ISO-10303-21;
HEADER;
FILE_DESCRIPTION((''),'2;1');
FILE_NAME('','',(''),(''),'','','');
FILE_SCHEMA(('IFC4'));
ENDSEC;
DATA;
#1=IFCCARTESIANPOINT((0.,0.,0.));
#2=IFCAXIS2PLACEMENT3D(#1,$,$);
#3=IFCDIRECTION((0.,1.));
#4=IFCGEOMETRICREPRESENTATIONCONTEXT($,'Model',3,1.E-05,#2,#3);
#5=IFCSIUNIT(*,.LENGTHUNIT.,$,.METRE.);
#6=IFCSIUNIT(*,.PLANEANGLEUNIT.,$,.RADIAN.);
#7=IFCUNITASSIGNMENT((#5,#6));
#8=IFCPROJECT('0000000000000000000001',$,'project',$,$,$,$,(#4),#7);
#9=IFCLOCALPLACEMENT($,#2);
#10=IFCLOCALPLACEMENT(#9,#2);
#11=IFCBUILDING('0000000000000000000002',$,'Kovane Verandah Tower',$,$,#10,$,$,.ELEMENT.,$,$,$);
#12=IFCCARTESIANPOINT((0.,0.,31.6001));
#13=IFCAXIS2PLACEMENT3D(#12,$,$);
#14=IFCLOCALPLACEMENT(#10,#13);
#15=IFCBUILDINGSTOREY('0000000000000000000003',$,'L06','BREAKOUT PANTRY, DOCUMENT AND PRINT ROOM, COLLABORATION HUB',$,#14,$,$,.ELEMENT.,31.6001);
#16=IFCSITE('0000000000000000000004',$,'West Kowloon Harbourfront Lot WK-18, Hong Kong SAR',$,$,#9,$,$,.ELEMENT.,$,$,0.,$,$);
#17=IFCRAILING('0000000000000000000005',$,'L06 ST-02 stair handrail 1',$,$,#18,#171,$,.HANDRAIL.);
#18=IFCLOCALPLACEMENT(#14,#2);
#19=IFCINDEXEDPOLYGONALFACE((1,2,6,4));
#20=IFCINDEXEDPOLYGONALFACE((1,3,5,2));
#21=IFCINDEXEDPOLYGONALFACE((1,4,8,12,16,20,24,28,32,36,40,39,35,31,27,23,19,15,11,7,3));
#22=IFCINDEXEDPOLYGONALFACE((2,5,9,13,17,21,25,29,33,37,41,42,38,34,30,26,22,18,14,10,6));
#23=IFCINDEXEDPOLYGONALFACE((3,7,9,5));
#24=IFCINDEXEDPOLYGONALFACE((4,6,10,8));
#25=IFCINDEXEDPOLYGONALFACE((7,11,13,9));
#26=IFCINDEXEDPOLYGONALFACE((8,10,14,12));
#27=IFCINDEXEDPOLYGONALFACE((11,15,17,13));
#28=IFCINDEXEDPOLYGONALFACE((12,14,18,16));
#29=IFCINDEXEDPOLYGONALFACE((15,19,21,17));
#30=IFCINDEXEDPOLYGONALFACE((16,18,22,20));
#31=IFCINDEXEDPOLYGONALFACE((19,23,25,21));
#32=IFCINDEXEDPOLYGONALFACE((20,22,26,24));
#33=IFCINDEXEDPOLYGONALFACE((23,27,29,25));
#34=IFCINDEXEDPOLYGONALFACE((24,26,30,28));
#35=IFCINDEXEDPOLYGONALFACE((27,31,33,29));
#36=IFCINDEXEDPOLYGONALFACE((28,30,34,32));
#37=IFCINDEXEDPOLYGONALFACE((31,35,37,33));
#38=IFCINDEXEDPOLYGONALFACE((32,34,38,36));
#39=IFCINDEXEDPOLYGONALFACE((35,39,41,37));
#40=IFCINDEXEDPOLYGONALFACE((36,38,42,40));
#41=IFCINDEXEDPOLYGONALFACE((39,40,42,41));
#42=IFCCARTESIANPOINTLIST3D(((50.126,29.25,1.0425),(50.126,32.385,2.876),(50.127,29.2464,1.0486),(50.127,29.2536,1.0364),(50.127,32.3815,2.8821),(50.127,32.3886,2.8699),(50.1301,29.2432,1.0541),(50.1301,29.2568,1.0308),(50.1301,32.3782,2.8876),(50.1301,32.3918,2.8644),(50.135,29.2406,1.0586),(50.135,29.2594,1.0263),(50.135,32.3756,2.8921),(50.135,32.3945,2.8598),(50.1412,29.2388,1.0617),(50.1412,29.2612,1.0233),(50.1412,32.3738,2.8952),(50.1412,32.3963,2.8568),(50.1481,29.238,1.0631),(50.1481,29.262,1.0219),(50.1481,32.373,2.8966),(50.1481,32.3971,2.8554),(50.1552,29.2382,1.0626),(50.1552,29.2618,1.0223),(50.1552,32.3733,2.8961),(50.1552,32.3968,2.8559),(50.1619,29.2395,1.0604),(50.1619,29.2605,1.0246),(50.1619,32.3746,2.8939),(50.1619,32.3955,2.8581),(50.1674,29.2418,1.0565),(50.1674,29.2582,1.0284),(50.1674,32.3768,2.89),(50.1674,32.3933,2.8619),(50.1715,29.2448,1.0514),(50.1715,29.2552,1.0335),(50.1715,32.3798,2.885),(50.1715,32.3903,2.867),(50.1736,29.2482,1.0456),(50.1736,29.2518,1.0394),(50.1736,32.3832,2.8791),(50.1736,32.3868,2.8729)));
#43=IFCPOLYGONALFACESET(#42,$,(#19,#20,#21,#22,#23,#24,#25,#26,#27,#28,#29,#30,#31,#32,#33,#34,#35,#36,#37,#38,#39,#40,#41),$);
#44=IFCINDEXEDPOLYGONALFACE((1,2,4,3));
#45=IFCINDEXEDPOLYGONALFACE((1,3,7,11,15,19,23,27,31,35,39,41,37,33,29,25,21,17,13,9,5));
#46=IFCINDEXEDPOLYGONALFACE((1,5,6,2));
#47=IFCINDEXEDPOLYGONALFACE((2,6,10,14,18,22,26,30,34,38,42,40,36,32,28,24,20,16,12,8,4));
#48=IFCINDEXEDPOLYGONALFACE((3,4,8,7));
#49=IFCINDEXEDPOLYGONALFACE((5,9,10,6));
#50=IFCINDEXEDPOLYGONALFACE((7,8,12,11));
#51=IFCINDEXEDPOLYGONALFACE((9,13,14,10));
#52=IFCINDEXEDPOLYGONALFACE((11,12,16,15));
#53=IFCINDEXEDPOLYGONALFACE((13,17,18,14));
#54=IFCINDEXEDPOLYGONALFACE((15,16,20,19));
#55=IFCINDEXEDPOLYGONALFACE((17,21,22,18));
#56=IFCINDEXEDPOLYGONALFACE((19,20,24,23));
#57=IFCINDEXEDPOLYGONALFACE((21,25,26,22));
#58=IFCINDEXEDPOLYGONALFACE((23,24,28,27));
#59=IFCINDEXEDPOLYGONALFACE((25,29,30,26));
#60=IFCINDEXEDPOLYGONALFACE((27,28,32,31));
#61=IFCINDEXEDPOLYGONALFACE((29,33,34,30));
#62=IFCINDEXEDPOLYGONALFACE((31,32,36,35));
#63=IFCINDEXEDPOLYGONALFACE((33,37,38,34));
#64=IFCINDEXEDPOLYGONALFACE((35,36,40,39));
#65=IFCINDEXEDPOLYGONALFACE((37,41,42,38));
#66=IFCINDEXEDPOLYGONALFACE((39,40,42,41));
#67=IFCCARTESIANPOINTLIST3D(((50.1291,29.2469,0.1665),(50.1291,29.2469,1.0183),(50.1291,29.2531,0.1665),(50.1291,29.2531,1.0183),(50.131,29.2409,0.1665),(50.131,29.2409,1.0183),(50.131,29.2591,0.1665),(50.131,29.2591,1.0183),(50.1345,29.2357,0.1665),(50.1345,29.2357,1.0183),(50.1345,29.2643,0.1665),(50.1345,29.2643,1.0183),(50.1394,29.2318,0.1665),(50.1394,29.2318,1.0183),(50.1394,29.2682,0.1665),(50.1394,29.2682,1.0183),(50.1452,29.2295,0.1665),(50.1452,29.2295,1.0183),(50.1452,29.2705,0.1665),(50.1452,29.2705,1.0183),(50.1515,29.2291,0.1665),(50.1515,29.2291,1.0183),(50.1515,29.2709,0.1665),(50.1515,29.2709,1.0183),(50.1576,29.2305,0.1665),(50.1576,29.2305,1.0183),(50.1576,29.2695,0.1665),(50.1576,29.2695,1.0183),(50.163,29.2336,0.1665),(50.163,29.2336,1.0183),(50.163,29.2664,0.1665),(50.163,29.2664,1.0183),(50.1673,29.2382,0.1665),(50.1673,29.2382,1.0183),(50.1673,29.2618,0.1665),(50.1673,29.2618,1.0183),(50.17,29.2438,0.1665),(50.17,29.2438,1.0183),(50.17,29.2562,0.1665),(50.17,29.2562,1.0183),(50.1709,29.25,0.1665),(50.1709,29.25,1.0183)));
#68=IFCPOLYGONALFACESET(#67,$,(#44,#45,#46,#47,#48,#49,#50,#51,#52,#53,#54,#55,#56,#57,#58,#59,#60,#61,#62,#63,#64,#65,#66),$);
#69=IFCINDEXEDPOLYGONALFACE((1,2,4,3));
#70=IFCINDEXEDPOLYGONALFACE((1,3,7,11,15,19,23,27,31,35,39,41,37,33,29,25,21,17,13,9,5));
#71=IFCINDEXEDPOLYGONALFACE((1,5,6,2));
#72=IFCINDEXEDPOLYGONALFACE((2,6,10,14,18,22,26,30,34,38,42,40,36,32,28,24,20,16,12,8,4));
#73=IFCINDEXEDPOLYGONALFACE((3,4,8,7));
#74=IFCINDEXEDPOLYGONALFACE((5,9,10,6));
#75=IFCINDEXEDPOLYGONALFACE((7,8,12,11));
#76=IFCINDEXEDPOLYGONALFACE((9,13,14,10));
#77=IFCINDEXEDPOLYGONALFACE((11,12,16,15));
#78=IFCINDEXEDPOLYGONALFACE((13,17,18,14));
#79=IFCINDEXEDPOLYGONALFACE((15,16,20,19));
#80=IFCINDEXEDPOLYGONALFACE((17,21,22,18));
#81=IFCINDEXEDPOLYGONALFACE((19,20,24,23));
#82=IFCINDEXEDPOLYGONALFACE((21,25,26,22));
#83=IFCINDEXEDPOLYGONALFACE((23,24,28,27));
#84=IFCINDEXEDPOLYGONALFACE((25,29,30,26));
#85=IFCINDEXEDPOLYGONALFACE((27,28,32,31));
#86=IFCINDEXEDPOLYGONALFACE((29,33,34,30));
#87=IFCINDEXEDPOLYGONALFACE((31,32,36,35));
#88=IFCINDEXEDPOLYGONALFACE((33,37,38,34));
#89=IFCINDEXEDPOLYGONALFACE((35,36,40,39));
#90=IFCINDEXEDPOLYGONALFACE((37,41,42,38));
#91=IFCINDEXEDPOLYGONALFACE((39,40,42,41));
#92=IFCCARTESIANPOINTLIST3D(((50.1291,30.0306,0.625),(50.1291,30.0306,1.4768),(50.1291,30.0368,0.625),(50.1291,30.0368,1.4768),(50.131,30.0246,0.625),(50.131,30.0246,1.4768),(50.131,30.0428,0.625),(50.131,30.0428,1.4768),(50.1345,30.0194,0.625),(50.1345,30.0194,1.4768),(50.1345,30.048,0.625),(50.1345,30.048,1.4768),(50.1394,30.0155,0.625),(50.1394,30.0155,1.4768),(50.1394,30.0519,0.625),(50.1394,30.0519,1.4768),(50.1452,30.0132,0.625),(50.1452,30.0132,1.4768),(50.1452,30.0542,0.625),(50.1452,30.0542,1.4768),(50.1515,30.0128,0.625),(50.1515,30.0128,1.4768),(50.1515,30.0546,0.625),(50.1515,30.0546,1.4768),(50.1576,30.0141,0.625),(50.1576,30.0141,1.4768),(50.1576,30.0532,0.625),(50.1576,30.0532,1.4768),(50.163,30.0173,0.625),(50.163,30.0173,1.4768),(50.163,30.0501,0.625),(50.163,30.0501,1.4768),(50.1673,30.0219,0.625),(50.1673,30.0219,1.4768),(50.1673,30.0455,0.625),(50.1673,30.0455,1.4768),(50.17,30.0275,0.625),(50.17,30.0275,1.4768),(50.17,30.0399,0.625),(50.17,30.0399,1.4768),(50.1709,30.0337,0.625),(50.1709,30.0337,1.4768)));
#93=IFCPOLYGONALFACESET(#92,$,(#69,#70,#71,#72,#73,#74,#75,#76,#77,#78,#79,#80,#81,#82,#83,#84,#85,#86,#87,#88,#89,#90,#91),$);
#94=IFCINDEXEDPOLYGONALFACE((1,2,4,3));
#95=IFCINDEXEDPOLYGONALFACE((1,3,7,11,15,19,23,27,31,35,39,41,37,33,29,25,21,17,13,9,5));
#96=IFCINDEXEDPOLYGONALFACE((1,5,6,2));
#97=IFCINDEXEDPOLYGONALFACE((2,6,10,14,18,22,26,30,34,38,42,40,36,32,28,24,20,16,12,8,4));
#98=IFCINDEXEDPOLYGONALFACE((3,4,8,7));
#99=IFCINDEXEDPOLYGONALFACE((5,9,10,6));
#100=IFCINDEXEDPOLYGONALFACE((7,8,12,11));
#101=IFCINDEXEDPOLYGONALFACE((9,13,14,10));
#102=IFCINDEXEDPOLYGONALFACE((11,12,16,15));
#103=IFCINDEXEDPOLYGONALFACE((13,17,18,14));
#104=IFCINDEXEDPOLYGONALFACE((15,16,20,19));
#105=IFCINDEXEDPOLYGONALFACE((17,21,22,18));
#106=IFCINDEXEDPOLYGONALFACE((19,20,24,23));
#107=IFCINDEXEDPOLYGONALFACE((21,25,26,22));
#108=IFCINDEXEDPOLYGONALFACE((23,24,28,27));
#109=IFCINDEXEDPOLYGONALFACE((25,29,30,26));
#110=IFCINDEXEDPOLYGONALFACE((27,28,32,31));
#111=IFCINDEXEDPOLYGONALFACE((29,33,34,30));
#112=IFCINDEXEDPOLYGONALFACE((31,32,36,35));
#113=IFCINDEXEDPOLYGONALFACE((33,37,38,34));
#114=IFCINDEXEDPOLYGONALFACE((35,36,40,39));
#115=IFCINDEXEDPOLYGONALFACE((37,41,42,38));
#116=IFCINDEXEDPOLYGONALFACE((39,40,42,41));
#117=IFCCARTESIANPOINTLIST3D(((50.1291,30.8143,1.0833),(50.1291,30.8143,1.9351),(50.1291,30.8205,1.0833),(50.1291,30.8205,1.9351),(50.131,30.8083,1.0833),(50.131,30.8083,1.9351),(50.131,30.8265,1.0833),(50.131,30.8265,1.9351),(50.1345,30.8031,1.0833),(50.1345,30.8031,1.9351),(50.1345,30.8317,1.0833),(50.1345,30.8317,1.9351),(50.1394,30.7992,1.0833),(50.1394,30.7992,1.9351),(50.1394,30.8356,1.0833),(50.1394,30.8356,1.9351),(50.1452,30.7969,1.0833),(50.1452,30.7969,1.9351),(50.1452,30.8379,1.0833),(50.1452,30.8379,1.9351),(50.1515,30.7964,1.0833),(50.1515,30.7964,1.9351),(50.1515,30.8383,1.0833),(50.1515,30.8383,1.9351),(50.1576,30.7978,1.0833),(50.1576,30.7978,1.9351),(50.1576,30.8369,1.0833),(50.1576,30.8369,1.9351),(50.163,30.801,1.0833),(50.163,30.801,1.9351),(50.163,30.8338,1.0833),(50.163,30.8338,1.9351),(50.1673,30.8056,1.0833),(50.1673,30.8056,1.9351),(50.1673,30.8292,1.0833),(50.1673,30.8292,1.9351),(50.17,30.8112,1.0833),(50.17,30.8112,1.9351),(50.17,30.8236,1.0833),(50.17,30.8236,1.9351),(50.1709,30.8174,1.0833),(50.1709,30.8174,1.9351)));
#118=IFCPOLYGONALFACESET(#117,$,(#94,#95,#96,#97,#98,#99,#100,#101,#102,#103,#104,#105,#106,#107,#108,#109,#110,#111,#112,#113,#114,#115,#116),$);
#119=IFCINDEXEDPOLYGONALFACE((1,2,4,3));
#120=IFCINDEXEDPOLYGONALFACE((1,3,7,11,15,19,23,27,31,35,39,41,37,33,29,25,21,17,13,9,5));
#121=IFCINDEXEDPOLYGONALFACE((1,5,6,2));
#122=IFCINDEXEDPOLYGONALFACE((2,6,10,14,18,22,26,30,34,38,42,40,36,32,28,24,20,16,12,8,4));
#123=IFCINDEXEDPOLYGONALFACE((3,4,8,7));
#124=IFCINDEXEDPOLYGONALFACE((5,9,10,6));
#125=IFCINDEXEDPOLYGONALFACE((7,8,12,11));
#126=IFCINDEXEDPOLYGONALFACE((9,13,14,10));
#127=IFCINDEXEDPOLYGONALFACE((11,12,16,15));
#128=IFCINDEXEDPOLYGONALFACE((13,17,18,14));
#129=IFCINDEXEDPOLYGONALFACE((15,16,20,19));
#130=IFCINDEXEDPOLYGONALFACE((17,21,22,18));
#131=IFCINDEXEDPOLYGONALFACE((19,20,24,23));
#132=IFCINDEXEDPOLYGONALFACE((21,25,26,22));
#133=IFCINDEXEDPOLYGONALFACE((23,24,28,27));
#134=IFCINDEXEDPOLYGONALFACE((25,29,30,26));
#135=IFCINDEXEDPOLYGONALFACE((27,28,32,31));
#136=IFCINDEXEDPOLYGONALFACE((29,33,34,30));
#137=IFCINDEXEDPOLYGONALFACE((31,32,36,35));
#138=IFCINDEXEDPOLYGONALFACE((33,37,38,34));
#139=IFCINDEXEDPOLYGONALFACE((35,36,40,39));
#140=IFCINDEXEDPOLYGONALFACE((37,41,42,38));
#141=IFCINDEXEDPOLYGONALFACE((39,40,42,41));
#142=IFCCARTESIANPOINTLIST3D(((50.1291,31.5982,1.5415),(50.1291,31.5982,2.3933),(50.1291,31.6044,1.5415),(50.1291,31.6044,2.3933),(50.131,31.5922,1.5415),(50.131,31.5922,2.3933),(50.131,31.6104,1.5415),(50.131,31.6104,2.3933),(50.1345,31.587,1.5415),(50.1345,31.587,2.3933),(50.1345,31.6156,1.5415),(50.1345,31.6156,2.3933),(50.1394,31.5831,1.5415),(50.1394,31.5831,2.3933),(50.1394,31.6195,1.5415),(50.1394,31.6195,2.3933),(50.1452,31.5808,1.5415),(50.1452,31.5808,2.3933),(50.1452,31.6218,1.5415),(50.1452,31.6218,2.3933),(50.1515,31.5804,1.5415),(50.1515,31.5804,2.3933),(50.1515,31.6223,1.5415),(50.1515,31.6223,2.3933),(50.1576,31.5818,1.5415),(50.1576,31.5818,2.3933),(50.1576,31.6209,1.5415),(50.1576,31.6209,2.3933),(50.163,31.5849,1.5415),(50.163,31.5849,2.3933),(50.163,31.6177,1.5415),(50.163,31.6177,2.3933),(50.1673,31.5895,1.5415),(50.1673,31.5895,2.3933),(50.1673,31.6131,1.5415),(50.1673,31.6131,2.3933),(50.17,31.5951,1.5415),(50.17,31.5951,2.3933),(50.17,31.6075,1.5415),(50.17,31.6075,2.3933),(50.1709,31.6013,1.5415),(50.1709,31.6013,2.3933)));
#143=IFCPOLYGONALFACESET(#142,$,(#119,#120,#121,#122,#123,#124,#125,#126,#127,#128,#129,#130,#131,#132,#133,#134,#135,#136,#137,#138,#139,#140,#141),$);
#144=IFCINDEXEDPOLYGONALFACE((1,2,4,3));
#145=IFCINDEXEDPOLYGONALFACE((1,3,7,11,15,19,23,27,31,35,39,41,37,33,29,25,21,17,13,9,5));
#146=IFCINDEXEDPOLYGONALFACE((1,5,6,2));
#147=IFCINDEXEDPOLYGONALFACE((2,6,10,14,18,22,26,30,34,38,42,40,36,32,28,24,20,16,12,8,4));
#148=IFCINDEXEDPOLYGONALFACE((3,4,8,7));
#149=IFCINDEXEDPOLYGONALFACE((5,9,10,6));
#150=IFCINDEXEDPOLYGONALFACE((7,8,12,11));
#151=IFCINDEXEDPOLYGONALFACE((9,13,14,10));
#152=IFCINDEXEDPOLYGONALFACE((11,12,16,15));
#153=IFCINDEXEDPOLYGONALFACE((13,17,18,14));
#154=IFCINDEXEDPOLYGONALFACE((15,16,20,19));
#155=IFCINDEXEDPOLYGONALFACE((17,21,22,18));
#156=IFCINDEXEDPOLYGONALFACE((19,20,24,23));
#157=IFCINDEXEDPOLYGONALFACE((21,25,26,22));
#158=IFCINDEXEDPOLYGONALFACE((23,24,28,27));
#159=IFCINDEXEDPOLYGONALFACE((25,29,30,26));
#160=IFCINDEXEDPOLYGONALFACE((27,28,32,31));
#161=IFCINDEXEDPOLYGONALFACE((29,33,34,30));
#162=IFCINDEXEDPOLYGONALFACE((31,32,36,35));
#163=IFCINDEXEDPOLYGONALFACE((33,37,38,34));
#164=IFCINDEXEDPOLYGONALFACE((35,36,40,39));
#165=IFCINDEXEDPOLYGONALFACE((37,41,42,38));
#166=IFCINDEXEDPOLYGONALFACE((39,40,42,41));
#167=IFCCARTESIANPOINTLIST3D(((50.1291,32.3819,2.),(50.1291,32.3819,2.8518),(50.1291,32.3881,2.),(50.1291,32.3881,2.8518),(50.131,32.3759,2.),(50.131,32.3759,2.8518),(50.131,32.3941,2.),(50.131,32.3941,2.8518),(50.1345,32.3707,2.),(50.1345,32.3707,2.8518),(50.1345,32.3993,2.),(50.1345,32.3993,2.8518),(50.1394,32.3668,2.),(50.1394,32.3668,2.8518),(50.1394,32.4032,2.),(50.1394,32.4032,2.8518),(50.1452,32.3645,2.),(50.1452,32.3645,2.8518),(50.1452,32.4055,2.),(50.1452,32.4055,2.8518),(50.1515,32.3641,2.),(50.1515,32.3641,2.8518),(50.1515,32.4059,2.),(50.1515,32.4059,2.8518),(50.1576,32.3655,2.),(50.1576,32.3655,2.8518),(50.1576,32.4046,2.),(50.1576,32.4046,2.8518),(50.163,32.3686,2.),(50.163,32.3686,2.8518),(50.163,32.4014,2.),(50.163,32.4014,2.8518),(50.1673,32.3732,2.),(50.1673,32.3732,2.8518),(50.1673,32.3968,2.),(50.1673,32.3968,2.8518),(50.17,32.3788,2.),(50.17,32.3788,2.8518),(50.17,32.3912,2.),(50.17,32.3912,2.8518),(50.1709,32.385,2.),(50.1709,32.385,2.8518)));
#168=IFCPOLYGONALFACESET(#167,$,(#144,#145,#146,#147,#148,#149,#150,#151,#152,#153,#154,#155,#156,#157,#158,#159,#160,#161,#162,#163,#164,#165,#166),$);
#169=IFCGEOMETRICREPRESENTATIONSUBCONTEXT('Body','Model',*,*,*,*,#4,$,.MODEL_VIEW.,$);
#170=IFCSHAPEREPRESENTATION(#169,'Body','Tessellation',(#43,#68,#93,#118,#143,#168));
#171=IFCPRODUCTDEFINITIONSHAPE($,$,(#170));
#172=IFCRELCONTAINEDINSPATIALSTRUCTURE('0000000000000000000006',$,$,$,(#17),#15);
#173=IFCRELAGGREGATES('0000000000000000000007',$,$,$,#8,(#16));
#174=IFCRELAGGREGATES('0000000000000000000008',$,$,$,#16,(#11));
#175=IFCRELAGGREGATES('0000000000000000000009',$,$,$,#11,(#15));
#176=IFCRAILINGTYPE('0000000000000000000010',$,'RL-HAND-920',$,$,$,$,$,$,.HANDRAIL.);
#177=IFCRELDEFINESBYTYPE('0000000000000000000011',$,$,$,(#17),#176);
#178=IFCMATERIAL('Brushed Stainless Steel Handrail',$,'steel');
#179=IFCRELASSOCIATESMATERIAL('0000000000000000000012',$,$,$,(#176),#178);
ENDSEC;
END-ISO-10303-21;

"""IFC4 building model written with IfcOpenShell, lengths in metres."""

from ifc_helpers import new_model, si_unit, direction, frame, origin, origin_2d, place, context, subcontext, project, spatial, circle, extrude, material, type_object, element, save


model = new_model("IFC4")

# Units and contexts
model_context = context("Model", 3, precision=1e-05, world=origin(), true_north=direction((0.0, 1.0)))
body_context = subcontext(model_context, "Body", "Model", "MODEL_VIEW")
ifc_project = project(units=[si_unit("LENGTHUNIT", "METRE"), si_unit("PLANEANGLEUNIT", "RADIAN")], contexts=[model_context])

# Site, building, storey
site_placement = place(None, origin())
site = spatial("IfcSite", under=ifc_project, at=site_placement, Name="West Kowloon Harbourfront Lot WK-18, Hong Kong SAR", CompositionType="ELEMENT", RefElevation=0.0)
building_placement = place(site_placement, origin())
building = spatial("IfcBuilding", under=site, at=building_placement, Name="Kovane Verandah Tower", CompositionType="ELEMENT")
storey_placement = place(building_placement, frame((0.0, 0.0, 31.6001)))
storey = spatial("IfcBuildingStorey", under=building, at=storey_placement, Name="L06", Description="BREAKOUT PANTRY, DOCUMENT AND PRINT ROOM, COLLABORATION HUB", CompositionType="ELEMENT", Elevation=31.6001)

# Railing
ifc_material_1 = material(Name="Brushed Stainless Steel Handrail", Category="steel")
railing_type_1 = type_object("IfcRailingType", Name="RL-HAND-920", PredefinedType="HANDRAIL", material=ifc_material_1)
railing_1_placement = place(storey_placement, frame((50.1499, 29.25, 0.1665)))
element("IfcRailing", 1, at=railing_1_placement, inside=storey, type_object=railing_type_1, Name="L06 ST-02 stair handrail 1", PredefinedType="HANDRAIL", context=body_context, shape_type="SweptSolid", body=[
    extrude(circle(Radius=0.0239, at=origin_2d()), frame((0.0, 0.0, 0.876), z_axis=(0.0, 0.86321, 0.504845), x_axis=(-1.0, 0.0, 0.0)), (0.0, 0.0, 1.0), 3.6318),
    extrude(circle(Radius=0.021, at=origin_2d()), origin(), (0.0, 0.0, 1.0), 0.8518),
    extrude(circle(Radius=0.021, at=origin_2d()), frame((0.0, 0.7837, 0.4585)), (0.0, 0.0, 1.0), 0.8518),
    extrude(circle(Radius=0.021, at=origin_2d()), frame((0.0, 1.5674, 0.9167)), (0.0, 0.0, 1.0), 0.8518),
    extrude(circle(Radius=0.021, at=origin_2d()), frame((0.0, 2.3513, 1.375)), (0.0, 0.0, 1.0), 0.8518),
    extrude(circle(Radius=0.021, at=origin_2d()), frame((0.0, 3.135, 1.8335)), (0.0, 0.0, 1.0), 0.8518),
])

save(model, "model.ifc")
